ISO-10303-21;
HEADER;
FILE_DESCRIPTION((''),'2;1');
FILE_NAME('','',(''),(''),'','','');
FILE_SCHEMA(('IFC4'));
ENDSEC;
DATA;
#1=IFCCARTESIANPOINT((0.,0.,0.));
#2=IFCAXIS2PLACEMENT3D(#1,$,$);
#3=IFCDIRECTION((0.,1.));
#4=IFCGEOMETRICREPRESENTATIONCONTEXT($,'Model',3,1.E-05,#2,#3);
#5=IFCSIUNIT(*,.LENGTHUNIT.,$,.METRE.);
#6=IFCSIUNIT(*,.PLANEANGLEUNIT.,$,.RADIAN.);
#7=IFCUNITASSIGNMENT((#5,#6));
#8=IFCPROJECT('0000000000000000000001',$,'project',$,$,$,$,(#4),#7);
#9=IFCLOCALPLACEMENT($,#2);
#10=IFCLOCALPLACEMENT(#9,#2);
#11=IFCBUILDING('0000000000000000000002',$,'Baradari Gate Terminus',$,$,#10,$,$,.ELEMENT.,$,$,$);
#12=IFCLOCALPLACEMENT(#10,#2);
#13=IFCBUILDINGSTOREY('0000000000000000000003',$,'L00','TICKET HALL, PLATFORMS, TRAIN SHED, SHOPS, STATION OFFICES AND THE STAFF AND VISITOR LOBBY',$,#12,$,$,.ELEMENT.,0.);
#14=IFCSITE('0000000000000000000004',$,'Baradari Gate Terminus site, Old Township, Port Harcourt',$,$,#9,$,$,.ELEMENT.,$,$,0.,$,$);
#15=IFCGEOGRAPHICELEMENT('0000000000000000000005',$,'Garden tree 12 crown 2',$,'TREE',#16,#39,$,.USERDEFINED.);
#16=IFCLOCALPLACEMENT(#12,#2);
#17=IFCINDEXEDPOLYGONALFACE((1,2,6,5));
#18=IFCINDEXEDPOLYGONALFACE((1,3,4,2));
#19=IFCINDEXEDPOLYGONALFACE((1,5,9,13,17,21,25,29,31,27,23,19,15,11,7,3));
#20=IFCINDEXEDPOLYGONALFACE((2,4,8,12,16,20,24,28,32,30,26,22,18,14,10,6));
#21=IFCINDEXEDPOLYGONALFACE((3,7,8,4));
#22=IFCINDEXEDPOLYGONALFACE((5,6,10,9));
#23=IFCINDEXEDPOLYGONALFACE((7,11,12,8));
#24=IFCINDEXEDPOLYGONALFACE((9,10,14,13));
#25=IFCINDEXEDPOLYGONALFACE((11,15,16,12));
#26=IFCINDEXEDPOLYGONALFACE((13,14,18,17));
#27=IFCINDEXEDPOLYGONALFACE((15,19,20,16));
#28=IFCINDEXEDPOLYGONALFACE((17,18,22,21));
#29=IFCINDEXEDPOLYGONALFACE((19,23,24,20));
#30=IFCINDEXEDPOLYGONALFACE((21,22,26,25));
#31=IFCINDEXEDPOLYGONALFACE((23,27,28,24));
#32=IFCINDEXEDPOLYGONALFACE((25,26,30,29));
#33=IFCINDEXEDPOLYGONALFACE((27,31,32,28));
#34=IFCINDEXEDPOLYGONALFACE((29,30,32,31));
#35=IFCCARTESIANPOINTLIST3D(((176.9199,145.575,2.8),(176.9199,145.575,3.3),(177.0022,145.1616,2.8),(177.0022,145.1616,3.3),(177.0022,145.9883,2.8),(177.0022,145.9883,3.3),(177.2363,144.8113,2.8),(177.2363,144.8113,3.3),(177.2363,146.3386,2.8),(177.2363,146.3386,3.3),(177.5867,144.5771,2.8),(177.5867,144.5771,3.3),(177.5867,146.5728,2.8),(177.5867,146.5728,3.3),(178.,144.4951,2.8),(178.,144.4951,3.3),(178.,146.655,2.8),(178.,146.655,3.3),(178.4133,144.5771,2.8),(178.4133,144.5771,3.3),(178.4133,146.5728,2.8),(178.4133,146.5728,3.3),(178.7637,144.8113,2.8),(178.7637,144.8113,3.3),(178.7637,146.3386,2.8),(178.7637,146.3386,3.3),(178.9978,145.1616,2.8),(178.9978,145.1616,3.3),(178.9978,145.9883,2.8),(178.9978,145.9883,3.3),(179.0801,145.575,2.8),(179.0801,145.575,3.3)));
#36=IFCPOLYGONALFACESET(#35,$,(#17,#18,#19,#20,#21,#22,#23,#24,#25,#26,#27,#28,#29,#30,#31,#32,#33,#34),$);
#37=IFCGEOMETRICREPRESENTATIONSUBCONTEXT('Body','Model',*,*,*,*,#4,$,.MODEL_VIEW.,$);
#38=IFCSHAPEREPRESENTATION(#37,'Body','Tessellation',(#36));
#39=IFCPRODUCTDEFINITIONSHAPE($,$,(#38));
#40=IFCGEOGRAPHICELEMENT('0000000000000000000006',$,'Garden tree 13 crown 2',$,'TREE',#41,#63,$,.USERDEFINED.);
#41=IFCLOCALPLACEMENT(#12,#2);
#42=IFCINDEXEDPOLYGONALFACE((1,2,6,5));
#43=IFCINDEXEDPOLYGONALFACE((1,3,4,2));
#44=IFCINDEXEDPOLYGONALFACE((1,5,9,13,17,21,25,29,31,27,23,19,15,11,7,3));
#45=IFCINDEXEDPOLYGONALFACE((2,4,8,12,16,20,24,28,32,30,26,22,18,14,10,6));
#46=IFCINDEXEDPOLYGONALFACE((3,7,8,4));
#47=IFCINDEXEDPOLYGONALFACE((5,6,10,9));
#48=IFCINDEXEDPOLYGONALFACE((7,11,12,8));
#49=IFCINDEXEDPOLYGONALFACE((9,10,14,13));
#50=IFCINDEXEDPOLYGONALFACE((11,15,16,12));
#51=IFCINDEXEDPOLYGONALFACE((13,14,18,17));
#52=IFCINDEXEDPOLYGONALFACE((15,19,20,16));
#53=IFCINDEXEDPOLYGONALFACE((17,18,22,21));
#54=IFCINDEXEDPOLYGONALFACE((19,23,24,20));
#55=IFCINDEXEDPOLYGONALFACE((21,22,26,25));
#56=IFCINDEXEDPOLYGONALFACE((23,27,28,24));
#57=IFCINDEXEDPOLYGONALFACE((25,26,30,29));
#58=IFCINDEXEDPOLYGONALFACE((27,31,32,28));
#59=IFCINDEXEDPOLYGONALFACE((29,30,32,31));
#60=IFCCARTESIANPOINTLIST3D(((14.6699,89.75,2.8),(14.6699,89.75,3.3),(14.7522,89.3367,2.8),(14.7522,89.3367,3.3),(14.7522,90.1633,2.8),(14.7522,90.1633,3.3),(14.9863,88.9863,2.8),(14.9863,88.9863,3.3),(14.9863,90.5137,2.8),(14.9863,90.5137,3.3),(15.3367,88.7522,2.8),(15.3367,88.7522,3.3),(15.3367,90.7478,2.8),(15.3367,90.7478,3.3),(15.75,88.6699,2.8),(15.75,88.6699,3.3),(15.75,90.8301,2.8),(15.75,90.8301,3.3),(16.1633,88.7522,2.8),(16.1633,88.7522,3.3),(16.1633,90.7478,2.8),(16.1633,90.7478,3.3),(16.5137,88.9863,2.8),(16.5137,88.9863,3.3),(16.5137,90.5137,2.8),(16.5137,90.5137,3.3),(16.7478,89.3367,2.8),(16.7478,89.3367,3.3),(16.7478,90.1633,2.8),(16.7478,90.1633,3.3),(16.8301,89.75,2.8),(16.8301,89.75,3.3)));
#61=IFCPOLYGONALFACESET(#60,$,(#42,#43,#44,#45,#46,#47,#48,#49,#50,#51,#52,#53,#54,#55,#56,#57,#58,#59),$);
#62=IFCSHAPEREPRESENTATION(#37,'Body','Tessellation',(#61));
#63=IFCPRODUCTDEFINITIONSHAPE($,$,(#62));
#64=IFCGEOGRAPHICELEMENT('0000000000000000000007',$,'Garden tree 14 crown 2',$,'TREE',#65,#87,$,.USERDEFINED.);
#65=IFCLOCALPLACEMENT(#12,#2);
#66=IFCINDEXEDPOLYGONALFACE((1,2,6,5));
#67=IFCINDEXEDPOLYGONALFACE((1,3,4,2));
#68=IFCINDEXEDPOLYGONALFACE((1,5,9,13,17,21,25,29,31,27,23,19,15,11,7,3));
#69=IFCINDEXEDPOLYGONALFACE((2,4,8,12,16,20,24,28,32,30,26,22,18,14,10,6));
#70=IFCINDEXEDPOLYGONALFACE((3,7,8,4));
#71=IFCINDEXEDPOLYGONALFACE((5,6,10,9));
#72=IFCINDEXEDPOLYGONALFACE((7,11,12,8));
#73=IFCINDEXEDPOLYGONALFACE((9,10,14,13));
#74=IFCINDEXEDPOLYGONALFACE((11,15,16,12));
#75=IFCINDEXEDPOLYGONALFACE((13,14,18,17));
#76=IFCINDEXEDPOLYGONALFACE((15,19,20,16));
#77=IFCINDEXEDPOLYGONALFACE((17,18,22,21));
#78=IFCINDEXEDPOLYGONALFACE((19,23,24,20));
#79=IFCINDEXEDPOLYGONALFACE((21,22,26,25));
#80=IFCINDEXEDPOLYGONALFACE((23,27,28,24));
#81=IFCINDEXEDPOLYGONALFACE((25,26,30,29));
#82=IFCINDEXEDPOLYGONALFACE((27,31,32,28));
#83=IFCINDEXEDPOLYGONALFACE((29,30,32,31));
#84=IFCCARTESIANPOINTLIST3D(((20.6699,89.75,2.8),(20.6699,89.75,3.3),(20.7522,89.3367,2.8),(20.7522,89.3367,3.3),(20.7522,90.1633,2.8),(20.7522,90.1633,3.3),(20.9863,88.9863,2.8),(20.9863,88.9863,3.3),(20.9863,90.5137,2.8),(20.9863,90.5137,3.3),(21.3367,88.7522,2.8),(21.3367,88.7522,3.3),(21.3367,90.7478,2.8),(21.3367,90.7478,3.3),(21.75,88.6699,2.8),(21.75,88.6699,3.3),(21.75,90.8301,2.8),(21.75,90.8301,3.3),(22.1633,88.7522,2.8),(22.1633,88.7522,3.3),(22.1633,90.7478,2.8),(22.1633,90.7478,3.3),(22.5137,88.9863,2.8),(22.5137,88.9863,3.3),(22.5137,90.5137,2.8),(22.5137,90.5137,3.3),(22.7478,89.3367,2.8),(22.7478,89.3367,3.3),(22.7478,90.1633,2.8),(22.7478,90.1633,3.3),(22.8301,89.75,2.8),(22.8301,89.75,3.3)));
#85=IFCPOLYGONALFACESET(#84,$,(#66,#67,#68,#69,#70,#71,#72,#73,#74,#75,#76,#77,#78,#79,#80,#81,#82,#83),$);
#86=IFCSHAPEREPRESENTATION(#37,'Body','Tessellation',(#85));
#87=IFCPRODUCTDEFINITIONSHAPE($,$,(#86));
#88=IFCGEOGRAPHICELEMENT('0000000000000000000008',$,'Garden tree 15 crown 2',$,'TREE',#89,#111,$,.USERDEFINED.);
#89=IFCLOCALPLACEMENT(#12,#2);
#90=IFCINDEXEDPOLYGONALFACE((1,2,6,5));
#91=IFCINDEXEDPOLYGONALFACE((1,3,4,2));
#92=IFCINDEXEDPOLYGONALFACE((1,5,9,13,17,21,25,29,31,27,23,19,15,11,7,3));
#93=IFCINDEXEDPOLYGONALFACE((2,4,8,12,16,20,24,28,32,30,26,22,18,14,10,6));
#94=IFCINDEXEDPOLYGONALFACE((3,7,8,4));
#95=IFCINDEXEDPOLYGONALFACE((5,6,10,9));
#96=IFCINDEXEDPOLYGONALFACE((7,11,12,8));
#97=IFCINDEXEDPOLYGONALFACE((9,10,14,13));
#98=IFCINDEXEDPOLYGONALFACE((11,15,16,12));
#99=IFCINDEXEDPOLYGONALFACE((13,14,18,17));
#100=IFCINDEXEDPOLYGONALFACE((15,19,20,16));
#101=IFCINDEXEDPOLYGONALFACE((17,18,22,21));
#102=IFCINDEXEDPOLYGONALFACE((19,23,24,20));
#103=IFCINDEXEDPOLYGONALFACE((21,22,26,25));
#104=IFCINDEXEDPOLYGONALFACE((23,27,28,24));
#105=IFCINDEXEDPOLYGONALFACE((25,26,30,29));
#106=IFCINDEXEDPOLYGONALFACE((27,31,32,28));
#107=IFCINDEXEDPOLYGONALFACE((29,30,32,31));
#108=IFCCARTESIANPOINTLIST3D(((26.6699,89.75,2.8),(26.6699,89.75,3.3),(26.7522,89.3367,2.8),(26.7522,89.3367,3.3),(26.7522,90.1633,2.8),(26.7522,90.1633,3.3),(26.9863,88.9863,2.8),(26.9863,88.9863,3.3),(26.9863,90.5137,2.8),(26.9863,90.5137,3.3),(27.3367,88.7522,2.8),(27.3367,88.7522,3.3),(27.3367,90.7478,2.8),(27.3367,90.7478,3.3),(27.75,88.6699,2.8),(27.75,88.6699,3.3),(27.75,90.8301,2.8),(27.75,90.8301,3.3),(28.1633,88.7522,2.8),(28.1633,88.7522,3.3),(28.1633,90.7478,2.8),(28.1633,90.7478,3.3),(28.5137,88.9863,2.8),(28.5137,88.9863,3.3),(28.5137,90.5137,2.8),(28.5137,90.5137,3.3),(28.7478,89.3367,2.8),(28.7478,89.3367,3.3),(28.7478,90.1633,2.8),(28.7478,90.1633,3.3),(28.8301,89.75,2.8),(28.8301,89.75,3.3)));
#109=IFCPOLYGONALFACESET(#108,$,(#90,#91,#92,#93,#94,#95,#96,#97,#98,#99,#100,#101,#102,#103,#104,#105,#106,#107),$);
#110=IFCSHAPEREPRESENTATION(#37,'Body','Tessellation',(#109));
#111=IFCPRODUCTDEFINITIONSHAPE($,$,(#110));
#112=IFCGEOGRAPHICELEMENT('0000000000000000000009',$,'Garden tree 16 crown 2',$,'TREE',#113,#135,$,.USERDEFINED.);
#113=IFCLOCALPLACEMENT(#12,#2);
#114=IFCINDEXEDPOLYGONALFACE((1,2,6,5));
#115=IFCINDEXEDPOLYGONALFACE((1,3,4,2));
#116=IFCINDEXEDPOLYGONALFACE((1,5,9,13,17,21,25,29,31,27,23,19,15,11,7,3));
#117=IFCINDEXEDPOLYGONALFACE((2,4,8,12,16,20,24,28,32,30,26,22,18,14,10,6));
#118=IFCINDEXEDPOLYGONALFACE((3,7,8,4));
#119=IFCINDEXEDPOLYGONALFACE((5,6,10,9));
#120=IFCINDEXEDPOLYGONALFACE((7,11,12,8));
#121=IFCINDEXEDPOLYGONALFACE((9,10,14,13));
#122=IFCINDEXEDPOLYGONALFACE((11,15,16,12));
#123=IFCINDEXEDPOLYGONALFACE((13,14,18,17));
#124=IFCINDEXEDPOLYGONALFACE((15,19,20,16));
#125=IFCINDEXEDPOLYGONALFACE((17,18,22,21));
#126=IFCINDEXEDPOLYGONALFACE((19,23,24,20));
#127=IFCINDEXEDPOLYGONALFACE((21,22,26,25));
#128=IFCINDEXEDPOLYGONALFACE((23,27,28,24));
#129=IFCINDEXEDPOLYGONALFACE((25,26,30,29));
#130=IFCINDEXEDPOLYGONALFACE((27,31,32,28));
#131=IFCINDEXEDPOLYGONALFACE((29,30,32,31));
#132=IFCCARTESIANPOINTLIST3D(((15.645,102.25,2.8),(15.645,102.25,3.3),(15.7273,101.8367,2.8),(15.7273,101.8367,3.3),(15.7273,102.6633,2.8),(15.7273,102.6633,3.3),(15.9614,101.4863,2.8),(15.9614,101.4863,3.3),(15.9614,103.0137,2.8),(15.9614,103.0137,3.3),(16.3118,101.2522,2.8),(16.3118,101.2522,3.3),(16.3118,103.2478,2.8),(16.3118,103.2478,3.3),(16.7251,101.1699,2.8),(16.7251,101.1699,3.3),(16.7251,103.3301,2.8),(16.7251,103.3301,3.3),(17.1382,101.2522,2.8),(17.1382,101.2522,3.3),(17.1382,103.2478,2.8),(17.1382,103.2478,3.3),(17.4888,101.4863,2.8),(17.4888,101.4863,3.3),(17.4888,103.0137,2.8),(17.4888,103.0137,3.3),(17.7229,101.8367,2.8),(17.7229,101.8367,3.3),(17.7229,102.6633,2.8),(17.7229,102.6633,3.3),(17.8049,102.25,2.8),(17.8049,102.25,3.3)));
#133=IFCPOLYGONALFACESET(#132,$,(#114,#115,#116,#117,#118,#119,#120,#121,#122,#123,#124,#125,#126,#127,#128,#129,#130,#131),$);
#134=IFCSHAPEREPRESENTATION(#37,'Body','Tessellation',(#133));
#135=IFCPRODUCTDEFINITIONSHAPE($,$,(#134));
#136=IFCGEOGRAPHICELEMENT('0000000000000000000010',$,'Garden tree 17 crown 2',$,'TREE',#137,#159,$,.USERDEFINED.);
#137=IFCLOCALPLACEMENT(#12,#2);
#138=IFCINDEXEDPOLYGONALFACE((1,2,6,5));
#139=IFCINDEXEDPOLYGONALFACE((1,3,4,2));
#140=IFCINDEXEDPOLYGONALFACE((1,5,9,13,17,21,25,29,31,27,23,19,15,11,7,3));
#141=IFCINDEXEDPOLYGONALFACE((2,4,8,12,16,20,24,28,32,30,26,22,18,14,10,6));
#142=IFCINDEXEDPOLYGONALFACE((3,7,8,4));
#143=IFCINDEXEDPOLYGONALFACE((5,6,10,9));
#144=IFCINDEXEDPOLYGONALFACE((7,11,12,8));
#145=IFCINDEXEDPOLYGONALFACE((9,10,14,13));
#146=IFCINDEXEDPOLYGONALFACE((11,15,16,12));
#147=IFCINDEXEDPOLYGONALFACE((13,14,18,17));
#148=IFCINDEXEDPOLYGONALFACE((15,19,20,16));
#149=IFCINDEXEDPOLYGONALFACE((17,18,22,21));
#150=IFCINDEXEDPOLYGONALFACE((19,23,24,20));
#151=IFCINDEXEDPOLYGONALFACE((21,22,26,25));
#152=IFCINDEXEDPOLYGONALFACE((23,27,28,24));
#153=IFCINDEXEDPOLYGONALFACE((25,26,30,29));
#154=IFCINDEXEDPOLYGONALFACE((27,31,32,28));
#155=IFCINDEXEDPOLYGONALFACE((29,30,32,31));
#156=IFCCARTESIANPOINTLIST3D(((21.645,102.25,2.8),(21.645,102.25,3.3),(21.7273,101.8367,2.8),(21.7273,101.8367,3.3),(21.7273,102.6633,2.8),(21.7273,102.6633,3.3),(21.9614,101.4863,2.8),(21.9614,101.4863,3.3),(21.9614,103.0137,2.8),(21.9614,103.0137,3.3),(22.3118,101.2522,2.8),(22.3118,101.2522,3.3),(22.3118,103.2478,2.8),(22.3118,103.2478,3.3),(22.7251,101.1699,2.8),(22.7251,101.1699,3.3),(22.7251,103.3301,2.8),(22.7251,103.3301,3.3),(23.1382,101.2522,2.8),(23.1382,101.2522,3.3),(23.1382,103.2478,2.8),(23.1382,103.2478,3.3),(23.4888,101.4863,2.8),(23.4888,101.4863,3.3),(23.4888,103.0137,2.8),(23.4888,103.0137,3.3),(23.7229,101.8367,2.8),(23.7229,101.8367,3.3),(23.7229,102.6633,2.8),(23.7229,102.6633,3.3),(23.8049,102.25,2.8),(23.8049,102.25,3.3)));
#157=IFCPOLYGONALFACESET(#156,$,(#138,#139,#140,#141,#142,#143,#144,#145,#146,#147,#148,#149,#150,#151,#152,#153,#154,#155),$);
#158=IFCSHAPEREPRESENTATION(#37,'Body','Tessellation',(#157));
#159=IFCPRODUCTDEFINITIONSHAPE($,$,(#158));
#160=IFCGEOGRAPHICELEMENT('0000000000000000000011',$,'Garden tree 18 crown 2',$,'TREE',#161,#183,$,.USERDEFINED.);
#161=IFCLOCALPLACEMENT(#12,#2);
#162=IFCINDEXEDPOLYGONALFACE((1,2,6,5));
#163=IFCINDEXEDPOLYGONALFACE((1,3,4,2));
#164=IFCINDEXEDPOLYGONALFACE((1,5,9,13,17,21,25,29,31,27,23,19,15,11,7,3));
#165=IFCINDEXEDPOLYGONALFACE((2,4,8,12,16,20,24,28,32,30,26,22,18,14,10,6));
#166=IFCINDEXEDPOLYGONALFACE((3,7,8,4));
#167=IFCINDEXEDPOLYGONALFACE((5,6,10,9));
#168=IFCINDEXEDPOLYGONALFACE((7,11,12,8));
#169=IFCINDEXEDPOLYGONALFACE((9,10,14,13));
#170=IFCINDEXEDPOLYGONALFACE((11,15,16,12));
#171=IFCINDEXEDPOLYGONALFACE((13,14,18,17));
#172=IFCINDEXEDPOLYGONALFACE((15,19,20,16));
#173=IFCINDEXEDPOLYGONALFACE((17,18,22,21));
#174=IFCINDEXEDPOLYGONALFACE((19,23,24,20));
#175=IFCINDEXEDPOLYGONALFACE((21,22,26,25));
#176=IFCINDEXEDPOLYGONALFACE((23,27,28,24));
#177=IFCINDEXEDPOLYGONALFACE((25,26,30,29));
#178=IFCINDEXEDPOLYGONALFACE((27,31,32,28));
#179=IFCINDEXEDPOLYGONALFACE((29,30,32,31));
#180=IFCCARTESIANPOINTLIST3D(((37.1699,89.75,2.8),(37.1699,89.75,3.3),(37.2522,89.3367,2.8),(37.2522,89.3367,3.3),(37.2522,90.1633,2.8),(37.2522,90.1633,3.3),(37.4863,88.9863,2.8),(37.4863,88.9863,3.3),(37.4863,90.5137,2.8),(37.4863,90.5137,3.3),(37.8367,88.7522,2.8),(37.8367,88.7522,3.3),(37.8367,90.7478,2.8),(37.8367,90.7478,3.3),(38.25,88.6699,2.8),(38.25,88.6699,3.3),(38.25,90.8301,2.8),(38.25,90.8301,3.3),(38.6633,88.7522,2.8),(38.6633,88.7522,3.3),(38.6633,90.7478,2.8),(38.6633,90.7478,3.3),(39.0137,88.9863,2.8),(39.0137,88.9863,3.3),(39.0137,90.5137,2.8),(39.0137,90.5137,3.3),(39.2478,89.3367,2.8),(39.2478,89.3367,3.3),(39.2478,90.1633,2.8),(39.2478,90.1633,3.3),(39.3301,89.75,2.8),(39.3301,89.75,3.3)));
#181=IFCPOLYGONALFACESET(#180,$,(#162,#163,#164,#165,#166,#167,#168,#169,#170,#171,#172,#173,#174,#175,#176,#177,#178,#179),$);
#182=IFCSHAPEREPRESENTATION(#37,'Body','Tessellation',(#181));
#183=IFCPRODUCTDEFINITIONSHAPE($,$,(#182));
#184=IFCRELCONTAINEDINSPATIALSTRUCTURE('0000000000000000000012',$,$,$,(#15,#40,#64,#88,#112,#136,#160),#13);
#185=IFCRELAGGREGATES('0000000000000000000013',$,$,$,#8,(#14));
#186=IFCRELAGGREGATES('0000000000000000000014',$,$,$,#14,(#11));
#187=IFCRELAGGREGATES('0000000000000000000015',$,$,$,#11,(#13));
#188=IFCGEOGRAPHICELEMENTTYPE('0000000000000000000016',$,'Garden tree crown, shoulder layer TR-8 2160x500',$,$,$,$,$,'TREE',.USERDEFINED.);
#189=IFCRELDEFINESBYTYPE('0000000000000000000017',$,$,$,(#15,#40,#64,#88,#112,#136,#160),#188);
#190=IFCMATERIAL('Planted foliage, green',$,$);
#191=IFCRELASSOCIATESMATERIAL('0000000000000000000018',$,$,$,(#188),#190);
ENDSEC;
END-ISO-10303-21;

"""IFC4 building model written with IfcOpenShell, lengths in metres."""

from ifc_helpers import new_model, si_unit, direction, frame, origin, place, context, subcontext, project, spatial, polyline, outline, extrude, material, type_object, element, save


model = new_model("IFC4")

# Units and contexts
model_context = context("Model", 3, precision=1e-05, world=origin(), true_north=direction((0.0, 1.0)))
body_context = subcontext(model_context, "Body", "Model", "MODEL_VIEW")
ifc_project = project(units=[si_unit("LENGTHUNIT", "METRE"), si_unit("PLANEANGLEUNIT", "RADIAN")], contexts=[model_context])

# Site, building, storey
site_placement = place(None, origin())
site = spatial("IfcSite", under=ifc_project, at=site_placement, Name="Baradari Gate Terminus site, Old Township, Port Harcourt", CompositionType="ELEMENT", RefElevation=0.0)
building_placement = place(site_placement, origin())
building = spatial("IfcBuilding", under=site, at=building_placement, Name="Baradari Gate Terminus", CompositionType="ELEMENT")
storey_placement = place(building_placement, origin())
storey = spatial("IfcBuildingStorey", under=building, at=storey_placement, Name="L00", Description="TICKET HALL, PLATFORMS, TRAIN SHED, SHOPS, STATION OFFICES AND THE STAFF AND VISITOR LOBBY", CompositionType="ELEMENT", Elevation=0.0)

# Geographic elements
ifc_material_1 = material(Name="Planted foliage, green")
geographic_element_type_1 = type_object("IfcGeographicElementType", Name="Garden tree crown, shoulder layer TR-8 2160x500", ElementType="TREE", PredefinedType="USERDEFINED", material=ifc_material_1)
geographic_element_1_placement = place(storey_placement, frame((0.0, 0.0, 2.8)))
element("IfcGeographicElement", 1, at=geographic_element_1_placement, inside=storey, type_object=geographic_element_type_1, Name="Garden tree 12 crown 2", ObjectType="TREE", PredefinedType="USERDEFINED", context=body_context, shape_type="SweptSolid", body=[
    extrude(outline(polyline([(179.0801, 145.575), (178.9978, 145.9883), (178.7637, 146.3386), (178.4133, 146.5728), (178.0, 146.655), (177.5867, 146.5728), (177.2363, 146.3386), (177.0022, 145.9883), (176.9199, 145.575), (177.0022, 145.1616), (177.2363, 144.8113), (177.5867, 144.5771), (178.0, 144.4951), (178.4133, 144.5771), (178.7637, 144.8113), (178.9978, 145.1616), (179.0801, 145.575)])), origin(), (0.0, 0.0, 1.0), 0.5),
])
geographic_element_2_placement = place(storey_placement, frame((0.0, 0.0, 2.8)))
element("IfcGeographicElement", 2, at=geographic_element_2_placement, inside=storey, type_object=geographic_element_type_1, Name="Garden tree 13 crown 2", ObjectType="TREE", PredefinedType="USERDEFINED", context=body_context, shape_type="SweptSolid", body=[
    extrude(outline(polyline([(16.8301, 89.75), (16.7478, 90.1633), (16.5137, 90.5137), (16.1633, 90.7478), (15.75, 90.8301), (15.3367, 90.7478), (14.9863, 90.5137), (14.7522, 90.1633), (14.6699, 89.75), (14.7522, 89.3367), (14.9863, 88.9863), (15.3367, 88.7522), (15.75, 88.6699), (16.1633, 88.7522), (16.5137, 88.9863), (16.7478, 89.3367), (16.8301, 89.75)])), origin(), (0.0, 0.0, 1.0), 0.5),
])
geographic_element_3_placement = place(storey_placement, frame((0.0, 0.0, 2.8)))
element("IfcGeographicElement", 3, at=geographic_element_3_placement, inside=storey, type_object=geographic_element_type_1, Name="Garden tree 14 crown 2", ObjectType="TREE", PredefinedType="USERDEFINED", context=body_context, shape_type="SweptSolid", body=[
    extrude(outline(polyline([(22.8301, 89.75), (22.7478, 90.1633), (22.5137, 90.5137), (22.1633, 90.7478), (21.75, 90.8301), (21.3367, 90.7478), (20.9863, 90.5137), (20.7522, 90.1633), (20.6699, 89.75), (20.7522, 89.3367), (20.9863, 88.9863), (21.3367, 88.7522), (21.75, 88.6699), (22.1633, 88.7522), (22.5137, 88.9863), (22.7478, 89.3367), (22.8301, 89.75)])), origin(), (0.0, 0.0, 1.0), 0.5),
])
geographic_element_4_placement = place(storey_placement, frame((0.0, 0.0, 2.8)))
element("IfcGeographicElement", 4, at=geographic_element_4_placement, inside=storey, type_object=geographic_element_type_1, Name="Garden tree 15 crown 2", ObjectType="TREE", PredefinedType="USERDEFINED", context=body_context, shape_type="SweptSolid", body=[
    extrude(outline(polyline([(28.8301, 89.75), (28.7478, 90.1633), (28.5137, 90.5137), (28.1633, 90.7478), (27.75, 90.8301), (27.3367, 90.7478), (26.9863, 90.5137), (26.7522, 90.1633), (26.6699, 89.75), (26.7522, 89.3367), (26.9863, 88.9863), (27.3367, 88.7522), (27.75, 88.6699), (28.1633, 88.7522), (28.5137, 88.9863), (28.7478, 89.3367), (28.8301, 89.75)])), origin(), (0.0, 0.0, 1.0), 0.5),
])
geographic_element_5_placement = place(storey_placement, frame((0.0, 0.0, 2.8)))
element("IfcGeographicElement", 5, at=geographic_element_5_placement, inside=storey, type_object=geographic_element_type_1, Name="Garden tree 16 crown 2", ObjectType="TREE", PredefinedType="USERDEFINED", context=body_context, shape_type="SweptSolid", body=[
    extrude(outline(polyline([(17.8049, 102.25), (17.7229, 102.6633), (17.4888, 103.0137), (17.1382, 103.2478), (16.7251, 103.3301), (16.3118, 103.2478), (15.9614, 103.0137), (15.7273, 102.6633), (15.645, 102.25), (15.7273, 101.8367), (15.9614, 101.4863), (16.3118, 101.2522), (16.7251, 101.1699), (17.1382, 101.2522), (17.4888, 101.4863), (17.7229, 101.8367), (17.8049, 102.25)])), origin(), (0.0, 0.0, 1.0), 0.5),
])
geographic_element_6_placement = place(storey_placement, frame((0.0, 0.0, 2.8)))
element("IfcGeographicElement", 6, at=geographic_element_6_placement, inside=storey, type_object=geographic_element_type_1, Name="Garden tree 17 crown 2", ObjectType="TREE", PredefinedType="USERDEFINED", context=body_context, shape_type="SweptSolid", body=[
    extrude(outline(polyline([(23.8049, 102.25), (23.7229, 102.6633), (23.4888, 103.0137), (23.1382, 103.2478), (22.7251, 103.3301), (22.3118, 103.2478), (21.9614, 103.0137), (21.7273, 102.6633), (21.645, 102.25), (21.7273, 101.8367), (21.9614, 101.4863), (22.3118, 101.2522), (22.7251, 101.1699), (23.1382, 101.2522), (23.4888, 101.4863), (23.7229, 101.8367), (23.8049, 102.25)])), origin(), (0.0, 0.0, 1.0), 0.5),
])
geographic_element_7_placement = place(storey_placement, frame((0.0, 0.0, 2.8)))
element("IfcGeographicElement", 7, at=geographic_element_7_placement, inside=storey, type_object=geographic_element_type_1, Name="Garden tree 18 crown 2", ObjectType="TREE", PredefinedType="USERDEFINED", context=body_context, shape_type="SweptSolid", body=[
    extrude(outline(polyline([(39.3301, 89.75), (39.2478, 90.1633), (39.0137, 90.5137), (38.6633, 90.7478), (38.25, 90.8301), (37.8367, 90.7478), (37.4863, 90.5137), (37.2522, 90.1633), (37.1699, 89.75), (37.2522, 89.3367), (37.4863, 88.9863), (37.8367, 88.7522), (38.25, 88.6699), (38.6633, 88.7522), (39.0137, 88.9863), (39.2478, 89.3367), (39.3301, 89.75)])), origin(), (0.0, 0.0, 1.0), 0.5),
])

save(model, "model.ifc")
